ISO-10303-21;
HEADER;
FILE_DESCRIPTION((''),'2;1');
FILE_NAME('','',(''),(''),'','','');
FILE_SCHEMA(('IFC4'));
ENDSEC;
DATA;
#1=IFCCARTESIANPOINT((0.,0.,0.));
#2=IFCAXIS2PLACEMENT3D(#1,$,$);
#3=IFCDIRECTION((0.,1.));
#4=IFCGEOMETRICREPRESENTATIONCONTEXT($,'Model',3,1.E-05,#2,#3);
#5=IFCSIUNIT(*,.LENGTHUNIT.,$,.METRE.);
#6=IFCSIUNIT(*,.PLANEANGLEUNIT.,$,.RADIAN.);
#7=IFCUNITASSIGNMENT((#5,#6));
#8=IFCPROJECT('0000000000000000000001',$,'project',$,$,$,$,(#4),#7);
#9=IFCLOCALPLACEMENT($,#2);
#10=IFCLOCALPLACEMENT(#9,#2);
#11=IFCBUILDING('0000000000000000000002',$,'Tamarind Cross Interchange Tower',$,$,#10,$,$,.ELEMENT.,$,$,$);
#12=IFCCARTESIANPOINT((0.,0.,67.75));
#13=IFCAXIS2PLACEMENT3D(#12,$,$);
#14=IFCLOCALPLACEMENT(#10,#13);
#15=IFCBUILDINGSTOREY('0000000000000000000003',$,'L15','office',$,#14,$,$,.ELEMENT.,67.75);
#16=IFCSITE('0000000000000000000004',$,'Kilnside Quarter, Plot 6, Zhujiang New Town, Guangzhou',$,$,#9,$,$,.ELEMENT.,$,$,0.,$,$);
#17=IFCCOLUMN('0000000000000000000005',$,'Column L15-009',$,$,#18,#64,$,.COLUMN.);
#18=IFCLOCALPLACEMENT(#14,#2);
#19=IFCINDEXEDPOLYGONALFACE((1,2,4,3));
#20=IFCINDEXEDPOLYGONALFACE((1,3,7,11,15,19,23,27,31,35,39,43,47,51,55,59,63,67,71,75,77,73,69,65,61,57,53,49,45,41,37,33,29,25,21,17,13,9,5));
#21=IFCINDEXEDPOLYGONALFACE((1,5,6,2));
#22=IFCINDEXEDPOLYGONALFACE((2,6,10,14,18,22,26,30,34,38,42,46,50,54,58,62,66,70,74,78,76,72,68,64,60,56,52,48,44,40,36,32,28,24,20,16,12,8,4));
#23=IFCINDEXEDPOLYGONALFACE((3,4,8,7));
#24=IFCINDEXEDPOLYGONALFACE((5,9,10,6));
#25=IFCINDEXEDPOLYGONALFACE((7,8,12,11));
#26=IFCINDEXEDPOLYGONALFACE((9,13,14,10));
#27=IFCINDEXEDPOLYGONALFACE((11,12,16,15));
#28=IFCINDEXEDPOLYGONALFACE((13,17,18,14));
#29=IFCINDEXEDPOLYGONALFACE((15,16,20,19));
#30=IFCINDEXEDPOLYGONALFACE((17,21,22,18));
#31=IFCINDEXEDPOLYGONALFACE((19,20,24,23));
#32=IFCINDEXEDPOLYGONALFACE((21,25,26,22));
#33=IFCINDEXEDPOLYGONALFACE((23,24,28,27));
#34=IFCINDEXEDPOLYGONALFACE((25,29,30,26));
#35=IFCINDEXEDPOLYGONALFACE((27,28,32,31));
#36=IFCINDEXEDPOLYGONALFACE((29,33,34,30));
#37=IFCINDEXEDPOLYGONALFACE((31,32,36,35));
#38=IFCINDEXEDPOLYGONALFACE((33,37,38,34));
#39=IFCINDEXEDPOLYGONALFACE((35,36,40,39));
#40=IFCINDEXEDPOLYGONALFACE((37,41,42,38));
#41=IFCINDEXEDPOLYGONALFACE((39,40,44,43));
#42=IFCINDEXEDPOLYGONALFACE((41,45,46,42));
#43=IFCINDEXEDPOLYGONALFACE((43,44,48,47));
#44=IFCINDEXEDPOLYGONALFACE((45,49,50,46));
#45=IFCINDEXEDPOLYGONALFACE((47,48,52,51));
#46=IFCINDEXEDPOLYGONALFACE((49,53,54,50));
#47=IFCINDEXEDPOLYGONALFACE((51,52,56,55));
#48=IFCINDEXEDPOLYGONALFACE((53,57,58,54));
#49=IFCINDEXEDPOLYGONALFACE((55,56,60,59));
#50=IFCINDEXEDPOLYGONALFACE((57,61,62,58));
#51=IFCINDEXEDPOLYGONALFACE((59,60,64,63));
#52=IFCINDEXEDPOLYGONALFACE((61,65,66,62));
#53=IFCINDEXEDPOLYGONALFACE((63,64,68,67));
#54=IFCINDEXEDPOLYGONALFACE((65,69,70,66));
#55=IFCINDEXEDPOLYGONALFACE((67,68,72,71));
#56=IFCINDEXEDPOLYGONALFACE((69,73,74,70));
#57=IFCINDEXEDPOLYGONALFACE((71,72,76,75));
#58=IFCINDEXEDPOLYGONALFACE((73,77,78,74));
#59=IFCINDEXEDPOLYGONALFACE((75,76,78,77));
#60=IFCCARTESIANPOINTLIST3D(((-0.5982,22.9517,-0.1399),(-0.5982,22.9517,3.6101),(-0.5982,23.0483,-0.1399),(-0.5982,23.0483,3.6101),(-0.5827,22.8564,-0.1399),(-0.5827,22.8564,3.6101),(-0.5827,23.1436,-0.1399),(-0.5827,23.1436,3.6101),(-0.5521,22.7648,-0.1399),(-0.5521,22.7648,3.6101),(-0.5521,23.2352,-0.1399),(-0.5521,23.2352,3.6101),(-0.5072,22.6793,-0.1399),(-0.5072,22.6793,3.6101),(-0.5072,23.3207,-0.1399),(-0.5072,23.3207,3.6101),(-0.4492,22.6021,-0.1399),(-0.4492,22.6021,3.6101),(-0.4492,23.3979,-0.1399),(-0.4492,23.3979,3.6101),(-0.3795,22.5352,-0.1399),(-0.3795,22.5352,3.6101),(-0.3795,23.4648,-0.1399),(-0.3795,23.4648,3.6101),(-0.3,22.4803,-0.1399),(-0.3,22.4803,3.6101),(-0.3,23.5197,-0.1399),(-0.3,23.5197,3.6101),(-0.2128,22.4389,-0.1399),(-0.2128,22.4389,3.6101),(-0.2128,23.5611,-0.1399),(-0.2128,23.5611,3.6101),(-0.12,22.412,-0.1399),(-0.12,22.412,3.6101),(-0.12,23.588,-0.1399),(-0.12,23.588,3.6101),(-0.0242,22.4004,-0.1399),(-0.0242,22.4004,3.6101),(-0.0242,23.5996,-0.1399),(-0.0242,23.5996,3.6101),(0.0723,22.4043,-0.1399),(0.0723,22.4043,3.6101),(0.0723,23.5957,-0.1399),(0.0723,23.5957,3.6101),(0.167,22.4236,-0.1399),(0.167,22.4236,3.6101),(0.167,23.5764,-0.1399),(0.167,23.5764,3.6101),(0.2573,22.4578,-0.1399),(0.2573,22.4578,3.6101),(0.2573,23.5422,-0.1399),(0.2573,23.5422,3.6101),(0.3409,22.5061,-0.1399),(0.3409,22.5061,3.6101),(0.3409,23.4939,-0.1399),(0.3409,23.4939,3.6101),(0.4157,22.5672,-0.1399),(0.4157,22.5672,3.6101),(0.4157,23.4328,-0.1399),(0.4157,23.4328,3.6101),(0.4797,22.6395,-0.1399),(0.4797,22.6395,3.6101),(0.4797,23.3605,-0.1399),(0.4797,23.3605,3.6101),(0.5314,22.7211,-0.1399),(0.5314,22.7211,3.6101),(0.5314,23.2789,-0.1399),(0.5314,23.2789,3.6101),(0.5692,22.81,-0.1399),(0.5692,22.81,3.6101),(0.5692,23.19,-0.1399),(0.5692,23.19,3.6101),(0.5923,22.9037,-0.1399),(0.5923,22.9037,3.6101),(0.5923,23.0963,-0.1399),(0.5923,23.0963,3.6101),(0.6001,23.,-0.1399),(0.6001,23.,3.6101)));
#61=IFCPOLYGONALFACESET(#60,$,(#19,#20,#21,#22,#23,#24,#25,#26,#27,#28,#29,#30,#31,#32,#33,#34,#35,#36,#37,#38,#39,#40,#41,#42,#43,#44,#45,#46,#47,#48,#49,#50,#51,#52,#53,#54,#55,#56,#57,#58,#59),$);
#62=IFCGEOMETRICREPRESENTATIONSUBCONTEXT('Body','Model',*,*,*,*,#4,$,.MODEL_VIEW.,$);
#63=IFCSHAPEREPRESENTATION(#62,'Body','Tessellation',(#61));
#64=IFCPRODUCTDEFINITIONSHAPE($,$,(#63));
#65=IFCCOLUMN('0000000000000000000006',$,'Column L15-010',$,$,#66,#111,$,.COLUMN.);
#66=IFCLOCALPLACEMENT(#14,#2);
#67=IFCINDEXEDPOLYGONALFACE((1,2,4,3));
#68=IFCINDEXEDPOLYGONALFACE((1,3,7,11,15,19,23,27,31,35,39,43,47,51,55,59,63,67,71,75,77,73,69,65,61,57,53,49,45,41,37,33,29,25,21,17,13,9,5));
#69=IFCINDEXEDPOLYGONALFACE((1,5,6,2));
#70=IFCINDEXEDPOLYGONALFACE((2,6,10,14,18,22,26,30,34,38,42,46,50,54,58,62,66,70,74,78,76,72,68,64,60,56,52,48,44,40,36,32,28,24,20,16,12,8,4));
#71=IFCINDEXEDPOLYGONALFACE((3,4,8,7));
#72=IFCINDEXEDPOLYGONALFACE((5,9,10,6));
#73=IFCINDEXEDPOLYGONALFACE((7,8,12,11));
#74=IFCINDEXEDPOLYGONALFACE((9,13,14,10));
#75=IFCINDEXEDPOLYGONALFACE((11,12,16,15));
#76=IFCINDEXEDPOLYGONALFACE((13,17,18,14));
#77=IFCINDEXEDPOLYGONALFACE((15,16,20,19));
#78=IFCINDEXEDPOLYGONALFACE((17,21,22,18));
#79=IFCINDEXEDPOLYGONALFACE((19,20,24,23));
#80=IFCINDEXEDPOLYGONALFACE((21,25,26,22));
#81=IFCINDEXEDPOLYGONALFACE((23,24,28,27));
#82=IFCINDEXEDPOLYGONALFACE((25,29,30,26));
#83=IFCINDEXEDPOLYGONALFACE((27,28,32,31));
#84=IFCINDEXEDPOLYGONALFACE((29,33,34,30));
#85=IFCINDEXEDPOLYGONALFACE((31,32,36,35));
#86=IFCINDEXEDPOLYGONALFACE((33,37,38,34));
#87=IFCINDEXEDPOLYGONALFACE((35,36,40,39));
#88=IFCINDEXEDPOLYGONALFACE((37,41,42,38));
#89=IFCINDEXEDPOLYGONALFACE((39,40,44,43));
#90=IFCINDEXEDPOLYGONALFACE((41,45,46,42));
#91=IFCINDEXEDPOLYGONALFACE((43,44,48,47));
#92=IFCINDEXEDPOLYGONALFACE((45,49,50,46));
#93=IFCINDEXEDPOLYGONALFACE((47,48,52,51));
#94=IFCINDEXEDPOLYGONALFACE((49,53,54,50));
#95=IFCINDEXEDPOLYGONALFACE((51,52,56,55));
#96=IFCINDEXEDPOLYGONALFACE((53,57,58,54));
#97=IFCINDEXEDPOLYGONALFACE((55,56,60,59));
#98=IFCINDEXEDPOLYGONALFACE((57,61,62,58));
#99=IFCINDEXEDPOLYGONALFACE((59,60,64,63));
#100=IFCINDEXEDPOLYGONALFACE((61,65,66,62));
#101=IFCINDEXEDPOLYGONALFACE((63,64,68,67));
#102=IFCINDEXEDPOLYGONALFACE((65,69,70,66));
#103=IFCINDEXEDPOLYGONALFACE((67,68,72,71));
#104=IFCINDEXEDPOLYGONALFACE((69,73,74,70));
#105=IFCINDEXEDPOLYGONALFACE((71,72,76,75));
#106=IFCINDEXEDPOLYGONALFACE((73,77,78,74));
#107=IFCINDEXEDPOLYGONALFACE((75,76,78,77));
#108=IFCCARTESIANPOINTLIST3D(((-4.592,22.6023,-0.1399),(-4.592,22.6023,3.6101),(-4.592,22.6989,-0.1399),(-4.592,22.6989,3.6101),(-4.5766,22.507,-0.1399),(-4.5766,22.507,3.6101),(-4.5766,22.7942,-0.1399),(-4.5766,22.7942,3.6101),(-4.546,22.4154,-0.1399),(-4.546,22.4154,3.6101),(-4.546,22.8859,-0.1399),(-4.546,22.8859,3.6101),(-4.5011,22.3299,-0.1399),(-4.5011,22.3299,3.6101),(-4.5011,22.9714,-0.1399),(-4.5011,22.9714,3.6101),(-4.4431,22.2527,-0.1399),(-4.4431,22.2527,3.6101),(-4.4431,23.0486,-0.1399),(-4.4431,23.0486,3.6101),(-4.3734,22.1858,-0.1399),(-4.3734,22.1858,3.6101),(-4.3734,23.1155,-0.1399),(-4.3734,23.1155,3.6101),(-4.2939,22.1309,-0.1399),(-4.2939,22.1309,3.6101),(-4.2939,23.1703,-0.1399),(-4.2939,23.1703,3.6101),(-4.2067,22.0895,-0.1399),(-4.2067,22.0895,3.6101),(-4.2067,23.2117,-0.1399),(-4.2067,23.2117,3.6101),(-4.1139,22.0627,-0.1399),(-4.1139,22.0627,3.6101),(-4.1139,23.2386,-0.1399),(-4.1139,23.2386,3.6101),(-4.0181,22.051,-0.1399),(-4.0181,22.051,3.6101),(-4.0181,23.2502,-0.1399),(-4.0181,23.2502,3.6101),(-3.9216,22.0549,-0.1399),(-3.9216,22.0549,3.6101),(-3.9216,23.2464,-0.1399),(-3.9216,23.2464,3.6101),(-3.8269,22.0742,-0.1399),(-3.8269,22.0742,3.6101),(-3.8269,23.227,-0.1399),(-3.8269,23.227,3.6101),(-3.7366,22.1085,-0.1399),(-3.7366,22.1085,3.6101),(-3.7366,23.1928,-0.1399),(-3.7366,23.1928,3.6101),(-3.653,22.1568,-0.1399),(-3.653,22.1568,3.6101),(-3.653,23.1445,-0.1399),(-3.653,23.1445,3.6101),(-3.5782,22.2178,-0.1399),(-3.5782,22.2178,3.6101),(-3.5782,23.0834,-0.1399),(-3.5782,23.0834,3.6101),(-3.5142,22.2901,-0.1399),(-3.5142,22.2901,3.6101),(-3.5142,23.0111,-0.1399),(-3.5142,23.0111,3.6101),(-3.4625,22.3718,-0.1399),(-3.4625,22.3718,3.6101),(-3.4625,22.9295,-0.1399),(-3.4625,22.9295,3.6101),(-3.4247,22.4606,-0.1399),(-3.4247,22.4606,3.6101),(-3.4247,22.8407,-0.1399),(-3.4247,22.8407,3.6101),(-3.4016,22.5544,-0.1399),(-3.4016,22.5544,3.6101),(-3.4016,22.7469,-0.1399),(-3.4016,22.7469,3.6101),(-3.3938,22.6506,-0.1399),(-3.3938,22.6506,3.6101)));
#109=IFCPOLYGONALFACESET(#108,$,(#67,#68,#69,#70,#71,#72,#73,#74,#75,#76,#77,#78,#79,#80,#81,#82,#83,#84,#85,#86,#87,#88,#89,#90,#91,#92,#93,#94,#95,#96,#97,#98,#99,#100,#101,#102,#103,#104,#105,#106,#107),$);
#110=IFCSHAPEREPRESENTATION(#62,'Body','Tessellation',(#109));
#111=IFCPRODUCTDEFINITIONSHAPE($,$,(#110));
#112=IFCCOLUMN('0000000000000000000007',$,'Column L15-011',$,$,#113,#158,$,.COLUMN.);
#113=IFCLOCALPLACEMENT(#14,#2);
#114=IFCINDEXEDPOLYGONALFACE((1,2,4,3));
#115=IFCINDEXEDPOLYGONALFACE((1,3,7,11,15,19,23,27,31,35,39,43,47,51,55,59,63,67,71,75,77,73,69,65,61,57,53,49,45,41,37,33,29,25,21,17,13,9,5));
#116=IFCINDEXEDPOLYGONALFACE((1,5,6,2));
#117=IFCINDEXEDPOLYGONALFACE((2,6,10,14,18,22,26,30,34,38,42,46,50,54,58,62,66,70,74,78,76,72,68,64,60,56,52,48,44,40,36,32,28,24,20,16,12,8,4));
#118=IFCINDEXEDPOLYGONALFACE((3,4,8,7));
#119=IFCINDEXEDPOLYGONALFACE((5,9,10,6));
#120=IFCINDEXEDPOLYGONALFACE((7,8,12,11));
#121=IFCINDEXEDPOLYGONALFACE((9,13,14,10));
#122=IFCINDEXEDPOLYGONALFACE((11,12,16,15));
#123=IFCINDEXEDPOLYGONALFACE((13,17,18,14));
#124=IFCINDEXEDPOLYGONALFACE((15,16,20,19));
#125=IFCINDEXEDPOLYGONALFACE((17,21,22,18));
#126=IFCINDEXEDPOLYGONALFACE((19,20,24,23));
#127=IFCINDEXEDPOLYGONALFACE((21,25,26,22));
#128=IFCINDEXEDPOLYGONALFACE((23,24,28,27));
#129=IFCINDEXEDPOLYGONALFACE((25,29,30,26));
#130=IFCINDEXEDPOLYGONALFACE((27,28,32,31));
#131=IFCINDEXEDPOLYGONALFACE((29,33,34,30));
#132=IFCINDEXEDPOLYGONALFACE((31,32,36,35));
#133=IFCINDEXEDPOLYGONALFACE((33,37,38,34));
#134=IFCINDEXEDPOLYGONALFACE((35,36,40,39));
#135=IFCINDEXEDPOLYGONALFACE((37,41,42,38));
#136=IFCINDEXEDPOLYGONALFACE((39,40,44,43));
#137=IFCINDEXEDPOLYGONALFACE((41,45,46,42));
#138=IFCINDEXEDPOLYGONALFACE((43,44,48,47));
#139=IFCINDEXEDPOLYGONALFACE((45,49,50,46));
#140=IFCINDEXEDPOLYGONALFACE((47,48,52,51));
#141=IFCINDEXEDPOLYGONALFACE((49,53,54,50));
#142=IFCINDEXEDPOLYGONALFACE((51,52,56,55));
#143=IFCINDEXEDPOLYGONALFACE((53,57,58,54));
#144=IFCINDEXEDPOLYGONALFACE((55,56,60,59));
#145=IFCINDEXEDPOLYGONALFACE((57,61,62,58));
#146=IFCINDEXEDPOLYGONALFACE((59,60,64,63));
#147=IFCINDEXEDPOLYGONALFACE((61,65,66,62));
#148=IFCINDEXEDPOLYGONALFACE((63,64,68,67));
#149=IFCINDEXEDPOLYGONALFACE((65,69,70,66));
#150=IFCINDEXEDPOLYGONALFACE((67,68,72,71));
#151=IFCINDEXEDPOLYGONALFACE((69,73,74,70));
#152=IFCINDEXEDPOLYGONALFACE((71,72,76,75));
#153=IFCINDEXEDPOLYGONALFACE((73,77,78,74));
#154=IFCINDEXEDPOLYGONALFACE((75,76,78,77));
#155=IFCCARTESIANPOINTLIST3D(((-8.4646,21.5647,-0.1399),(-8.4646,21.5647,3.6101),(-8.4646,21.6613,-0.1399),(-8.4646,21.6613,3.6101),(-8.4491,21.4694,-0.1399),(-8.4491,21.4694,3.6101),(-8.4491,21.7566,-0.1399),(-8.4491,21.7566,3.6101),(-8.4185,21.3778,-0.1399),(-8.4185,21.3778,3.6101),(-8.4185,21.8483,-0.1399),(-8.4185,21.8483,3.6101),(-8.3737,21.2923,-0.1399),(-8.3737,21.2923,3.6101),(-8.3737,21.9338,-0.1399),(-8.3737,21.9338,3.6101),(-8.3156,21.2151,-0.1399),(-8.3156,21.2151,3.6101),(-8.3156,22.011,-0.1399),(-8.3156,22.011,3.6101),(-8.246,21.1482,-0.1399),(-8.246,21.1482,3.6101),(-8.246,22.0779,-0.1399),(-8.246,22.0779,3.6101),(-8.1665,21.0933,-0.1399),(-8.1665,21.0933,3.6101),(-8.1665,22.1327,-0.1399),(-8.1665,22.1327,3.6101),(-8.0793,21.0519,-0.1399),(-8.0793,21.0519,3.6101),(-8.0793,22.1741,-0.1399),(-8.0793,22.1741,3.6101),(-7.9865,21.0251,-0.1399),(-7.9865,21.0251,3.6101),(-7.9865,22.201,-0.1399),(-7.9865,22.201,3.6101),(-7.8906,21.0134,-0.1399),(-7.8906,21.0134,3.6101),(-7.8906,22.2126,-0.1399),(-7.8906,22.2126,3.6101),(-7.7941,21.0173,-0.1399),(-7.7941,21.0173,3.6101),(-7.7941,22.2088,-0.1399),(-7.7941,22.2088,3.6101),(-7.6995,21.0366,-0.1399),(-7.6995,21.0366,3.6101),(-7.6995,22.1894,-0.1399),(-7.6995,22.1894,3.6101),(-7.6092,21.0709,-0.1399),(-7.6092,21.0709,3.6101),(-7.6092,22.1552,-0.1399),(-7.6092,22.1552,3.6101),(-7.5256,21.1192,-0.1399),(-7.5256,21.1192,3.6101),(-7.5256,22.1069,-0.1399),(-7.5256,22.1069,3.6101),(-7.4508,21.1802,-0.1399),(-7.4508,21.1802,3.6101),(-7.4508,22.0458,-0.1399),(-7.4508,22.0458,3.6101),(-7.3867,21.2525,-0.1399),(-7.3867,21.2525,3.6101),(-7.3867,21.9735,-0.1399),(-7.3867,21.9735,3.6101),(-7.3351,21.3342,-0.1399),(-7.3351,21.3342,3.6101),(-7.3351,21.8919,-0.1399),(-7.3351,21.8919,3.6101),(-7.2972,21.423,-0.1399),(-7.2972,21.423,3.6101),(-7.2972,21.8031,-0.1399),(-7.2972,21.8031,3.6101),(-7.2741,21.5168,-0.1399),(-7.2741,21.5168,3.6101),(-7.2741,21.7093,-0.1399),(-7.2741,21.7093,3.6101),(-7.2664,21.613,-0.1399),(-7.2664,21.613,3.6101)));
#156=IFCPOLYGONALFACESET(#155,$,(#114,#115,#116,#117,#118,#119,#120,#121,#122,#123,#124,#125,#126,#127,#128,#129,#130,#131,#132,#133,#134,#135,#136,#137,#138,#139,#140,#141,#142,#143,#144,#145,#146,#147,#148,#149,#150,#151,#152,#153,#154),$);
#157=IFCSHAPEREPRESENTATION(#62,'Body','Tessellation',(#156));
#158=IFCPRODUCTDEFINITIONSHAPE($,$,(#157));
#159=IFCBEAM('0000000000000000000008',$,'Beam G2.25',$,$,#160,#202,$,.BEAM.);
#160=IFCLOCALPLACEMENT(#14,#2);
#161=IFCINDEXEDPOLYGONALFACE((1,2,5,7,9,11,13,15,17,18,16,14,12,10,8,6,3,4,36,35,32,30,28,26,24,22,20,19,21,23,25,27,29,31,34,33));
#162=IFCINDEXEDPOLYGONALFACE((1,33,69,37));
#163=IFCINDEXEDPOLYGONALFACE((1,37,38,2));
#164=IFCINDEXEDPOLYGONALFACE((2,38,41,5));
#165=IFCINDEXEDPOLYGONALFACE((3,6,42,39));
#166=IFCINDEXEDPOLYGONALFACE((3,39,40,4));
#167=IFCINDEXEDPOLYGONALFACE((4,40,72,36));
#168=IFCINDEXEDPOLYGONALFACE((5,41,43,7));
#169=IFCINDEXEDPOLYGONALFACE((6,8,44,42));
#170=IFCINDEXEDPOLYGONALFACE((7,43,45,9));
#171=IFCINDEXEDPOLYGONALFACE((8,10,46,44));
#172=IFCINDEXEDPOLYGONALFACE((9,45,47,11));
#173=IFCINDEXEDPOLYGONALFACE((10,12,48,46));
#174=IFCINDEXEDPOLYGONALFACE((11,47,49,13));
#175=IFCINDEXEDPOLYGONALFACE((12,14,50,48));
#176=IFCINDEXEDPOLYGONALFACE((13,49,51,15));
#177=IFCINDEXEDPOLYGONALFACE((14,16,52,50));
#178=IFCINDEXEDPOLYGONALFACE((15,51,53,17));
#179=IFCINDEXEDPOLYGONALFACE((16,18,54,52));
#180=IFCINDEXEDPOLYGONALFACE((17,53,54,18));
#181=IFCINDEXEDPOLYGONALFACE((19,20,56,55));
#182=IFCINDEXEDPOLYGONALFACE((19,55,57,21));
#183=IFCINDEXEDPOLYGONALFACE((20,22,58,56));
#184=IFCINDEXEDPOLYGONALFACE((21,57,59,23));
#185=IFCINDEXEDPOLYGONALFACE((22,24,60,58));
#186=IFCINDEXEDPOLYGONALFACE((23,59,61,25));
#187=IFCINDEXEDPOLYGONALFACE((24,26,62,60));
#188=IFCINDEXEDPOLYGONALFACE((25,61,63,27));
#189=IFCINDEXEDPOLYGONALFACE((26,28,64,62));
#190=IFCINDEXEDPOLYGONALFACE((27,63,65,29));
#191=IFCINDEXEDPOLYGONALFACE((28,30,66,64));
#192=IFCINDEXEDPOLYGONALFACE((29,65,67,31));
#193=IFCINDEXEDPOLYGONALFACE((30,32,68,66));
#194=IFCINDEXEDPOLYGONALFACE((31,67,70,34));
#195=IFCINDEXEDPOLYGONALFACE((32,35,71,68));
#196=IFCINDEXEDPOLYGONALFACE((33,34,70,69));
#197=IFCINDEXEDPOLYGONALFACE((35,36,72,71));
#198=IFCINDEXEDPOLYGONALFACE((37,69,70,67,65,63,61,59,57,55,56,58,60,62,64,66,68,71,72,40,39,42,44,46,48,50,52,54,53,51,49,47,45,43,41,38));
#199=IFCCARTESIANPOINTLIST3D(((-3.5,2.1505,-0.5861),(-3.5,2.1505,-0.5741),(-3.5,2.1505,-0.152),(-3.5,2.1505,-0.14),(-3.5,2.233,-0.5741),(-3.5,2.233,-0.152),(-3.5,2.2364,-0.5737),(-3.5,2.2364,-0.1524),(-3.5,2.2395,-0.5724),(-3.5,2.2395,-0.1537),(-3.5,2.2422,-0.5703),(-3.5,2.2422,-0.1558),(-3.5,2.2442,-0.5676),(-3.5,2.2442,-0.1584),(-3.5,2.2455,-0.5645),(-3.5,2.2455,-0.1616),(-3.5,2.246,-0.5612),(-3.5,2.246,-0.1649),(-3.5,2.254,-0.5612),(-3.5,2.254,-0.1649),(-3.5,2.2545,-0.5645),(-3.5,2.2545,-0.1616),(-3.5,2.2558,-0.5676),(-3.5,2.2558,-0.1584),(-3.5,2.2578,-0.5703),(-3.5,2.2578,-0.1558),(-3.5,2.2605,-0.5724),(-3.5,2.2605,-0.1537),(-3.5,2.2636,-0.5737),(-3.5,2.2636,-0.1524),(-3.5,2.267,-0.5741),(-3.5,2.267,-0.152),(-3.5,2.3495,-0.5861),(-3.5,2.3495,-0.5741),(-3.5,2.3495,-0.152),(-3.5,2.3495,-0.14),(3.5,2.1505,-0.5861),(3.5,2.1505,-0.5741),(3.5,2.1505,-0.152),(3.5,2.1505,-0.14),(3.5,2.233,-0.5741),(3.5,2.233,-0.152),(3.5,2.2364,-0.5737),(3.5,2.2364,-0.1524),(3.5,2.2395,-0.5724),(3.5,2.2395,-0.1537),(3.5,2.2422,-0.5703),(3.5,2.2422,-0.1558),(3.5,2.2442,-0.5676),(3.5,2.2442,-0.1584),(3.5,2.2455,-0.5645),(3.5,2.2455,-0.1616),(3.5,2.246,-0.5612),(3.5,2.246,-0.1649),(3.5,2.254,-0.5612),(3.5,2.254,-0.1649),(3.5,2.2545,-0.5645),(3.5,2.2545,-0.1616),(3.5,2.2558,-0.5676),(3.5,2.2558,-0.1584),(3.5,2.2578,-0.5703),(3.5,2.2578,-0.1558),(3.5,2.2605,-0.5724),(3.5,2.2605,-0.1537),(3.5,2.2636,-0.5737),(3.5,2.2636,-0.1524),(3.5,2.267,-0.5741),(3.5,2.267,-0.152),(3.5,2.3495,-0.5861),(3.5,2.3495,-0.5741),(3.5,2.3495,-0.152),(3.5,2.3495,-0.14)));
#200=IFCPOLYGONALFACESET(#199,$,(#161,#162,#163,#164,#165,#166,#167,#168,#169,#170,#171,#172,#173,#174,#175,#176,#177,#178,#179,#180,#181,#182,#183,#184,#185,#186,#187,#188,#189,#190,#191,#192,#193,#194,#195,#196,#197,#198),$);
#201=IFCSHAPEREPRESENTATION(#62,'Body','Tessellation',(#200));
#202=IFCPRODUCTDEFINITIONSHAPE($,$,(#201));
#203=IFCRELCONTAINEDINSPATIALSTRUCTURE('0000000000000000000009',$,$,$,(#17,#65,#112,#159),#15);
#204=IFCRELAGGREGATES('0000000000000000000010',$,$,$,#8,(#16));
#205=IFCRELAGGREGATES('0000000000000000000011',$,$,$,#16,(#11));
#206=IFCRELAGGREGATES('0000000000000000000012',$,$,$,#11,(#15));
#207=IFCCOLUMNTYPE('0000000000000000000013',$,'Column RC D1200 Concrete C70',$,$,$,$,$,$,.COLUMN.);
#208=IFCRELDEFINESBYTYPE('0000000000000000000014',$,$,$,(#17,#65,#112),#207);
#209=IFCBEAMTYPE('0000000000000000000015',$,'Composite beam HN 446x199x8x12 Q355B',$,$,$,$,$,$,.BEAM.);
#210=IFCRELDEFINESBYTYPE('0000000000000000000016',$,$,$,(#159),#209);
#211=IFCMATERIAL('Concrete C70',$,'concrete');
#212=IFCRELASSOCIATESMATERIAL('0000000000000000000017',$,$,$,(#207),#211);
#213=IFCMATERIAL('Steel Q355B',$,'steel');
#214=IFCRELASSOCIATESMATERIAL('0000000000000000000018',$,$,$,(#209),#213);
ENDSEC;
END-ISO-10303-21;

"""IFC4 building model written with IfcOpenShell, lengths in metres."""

from ifc_helpers import new_model, si_unit, direction, frame, origin, origin_2d, place, context, subcontext, project, spatial, circle, i_section, extrude, material, material_profile, profile_set, type_object, element, save


model = new_model("IFC4")

# Units and contexts
model_context = context("Model", 3, precision=1e-05, world=origin(), true_north=direction((0.0, 1.0)))
body_context = subcontext(model_context, "Body", "Model", "MODEL_VIEW")
ifc_project = project(units=[si_unit("LENGTHUNIT", "METRE"), si_unit("PLANEANGLEUNIT", "RADIAN")], contexts=[model_context])

# Site, building, storey
site_placement = place(None, origin())
site = spatial("IfcSite", under=ifc_project, at=site_placement, Name="Kilnside Quarter, Plot 6, Zhujiang New Town, Guangzhou", CompositionType="ELEMENT", RefElevation=0.0)
building_placement = place(site_placement, origin())
building = spatial("IfcBuilding", under=site, at=building_placement, Name="Tamarind Cross Interchange Tower", CompositionType="ELEMENT")
storey_placement = place(building_placement, frame((0.0, 0.0, 67.75)))
storey = spatial("IfcBuildingStorey", under=building, at=storey_placement, Name="L15", Description="office", CompositionType="ELEMENT", Elevation=67.75)

# Columns
ifc_material_1 = material(Name="Concrete C70", Category="concrete")
ifc_material_profile_1 = material_profile(ifc_material_1, circle(Radius=0.6001, at=origin_2d()), Name="RC D1200")
ifc_profile_set_1 = profile_set([ifc_material_profile_1], Name="Concrete C70")
column_type = type_object("IfcColumnType", Name="Column RC D1200 Concrete C70", PredefinedType="COLUMN", material=ifc_profile_set_1)
for number, where, z_axis, x_axis, name in (
    (1, (0.0, 23.0, -0.1399), (0.0, 0.0, 1.0), (1.0, 0.0, 0.0), "Column L15-009"),
    (2, (-3.9939, 22.6506, -0.1399), (0.0, 0.0, 1.0), (1.0, 0.0, 0.0), "Column L15-010"),
    (3, (-7.8665, 21.613, -0.1399), (0.0, 0.0, 1.0), (1.0, 0.0, 0.0), "Column L15-011"),
):
    element("IfcColumn", number, at=place(storey_placement, frame(where, z_axis=z_axis, x_axis=x_axis)), inside=storey, type_object=column_type, Name=name, PredefinedType="COLUMN", context=body_context, shape_type="SweptSolid", body=[
        extrude(circle(Radius=0.6001, at=origin_2d()), origin(), (0.0, 0.0, 1.0), 3.75),
    ])

# Beam
ifc_material_2 = material(Name="Steel Q355B", Category="steel")
ifc_material_profile_2 = material_profile(ifc_material_2, i_section(OverallWidth=0.199, OverallDepth=0.446, WebThickness=0.0081, FlangeThickness=0.012, FilletRadius=0.0129, at=origin_2d()), Name="HN 446x199x8x12")
ifc_profile_set_2 = profile_set([ifc_material_profile_2], Name="Steel Q355B")
beam_type_1 = type_object("IfcBeamType", Name="Composite beam HN 446x199x8x12 Q355B", PredefinedType="BEAM", material=ifc_profile_set_2)
for number, where, z_axis, x_axis, name in (
    (4, (-3.5, 2.25, -0.363), (1.0, 0.0, 0.0), (0.0, 1.0, 0.0), "Beam G2.25"),
):
    element("IfcBeam", number, at=place(storey_placement, frame(where, z_axis=z_axis, x_axis=x_axis)), inside=storey, type_object=beam_type_1, Name=name, PredefinedType="BEAM", context=body_context, shape_type="SweptSolid", body=[
        extrude(i_section(OverallWidth=0.199, OverallDepth=0.446, WebThickness=0.0081, FlangeThickness=0.012, FilletRadius=0.0129, at=origin_2d()), origin(), (0.0, 0.0, 1.0), 7.0),
    ])

save(model, "model.ifc")
